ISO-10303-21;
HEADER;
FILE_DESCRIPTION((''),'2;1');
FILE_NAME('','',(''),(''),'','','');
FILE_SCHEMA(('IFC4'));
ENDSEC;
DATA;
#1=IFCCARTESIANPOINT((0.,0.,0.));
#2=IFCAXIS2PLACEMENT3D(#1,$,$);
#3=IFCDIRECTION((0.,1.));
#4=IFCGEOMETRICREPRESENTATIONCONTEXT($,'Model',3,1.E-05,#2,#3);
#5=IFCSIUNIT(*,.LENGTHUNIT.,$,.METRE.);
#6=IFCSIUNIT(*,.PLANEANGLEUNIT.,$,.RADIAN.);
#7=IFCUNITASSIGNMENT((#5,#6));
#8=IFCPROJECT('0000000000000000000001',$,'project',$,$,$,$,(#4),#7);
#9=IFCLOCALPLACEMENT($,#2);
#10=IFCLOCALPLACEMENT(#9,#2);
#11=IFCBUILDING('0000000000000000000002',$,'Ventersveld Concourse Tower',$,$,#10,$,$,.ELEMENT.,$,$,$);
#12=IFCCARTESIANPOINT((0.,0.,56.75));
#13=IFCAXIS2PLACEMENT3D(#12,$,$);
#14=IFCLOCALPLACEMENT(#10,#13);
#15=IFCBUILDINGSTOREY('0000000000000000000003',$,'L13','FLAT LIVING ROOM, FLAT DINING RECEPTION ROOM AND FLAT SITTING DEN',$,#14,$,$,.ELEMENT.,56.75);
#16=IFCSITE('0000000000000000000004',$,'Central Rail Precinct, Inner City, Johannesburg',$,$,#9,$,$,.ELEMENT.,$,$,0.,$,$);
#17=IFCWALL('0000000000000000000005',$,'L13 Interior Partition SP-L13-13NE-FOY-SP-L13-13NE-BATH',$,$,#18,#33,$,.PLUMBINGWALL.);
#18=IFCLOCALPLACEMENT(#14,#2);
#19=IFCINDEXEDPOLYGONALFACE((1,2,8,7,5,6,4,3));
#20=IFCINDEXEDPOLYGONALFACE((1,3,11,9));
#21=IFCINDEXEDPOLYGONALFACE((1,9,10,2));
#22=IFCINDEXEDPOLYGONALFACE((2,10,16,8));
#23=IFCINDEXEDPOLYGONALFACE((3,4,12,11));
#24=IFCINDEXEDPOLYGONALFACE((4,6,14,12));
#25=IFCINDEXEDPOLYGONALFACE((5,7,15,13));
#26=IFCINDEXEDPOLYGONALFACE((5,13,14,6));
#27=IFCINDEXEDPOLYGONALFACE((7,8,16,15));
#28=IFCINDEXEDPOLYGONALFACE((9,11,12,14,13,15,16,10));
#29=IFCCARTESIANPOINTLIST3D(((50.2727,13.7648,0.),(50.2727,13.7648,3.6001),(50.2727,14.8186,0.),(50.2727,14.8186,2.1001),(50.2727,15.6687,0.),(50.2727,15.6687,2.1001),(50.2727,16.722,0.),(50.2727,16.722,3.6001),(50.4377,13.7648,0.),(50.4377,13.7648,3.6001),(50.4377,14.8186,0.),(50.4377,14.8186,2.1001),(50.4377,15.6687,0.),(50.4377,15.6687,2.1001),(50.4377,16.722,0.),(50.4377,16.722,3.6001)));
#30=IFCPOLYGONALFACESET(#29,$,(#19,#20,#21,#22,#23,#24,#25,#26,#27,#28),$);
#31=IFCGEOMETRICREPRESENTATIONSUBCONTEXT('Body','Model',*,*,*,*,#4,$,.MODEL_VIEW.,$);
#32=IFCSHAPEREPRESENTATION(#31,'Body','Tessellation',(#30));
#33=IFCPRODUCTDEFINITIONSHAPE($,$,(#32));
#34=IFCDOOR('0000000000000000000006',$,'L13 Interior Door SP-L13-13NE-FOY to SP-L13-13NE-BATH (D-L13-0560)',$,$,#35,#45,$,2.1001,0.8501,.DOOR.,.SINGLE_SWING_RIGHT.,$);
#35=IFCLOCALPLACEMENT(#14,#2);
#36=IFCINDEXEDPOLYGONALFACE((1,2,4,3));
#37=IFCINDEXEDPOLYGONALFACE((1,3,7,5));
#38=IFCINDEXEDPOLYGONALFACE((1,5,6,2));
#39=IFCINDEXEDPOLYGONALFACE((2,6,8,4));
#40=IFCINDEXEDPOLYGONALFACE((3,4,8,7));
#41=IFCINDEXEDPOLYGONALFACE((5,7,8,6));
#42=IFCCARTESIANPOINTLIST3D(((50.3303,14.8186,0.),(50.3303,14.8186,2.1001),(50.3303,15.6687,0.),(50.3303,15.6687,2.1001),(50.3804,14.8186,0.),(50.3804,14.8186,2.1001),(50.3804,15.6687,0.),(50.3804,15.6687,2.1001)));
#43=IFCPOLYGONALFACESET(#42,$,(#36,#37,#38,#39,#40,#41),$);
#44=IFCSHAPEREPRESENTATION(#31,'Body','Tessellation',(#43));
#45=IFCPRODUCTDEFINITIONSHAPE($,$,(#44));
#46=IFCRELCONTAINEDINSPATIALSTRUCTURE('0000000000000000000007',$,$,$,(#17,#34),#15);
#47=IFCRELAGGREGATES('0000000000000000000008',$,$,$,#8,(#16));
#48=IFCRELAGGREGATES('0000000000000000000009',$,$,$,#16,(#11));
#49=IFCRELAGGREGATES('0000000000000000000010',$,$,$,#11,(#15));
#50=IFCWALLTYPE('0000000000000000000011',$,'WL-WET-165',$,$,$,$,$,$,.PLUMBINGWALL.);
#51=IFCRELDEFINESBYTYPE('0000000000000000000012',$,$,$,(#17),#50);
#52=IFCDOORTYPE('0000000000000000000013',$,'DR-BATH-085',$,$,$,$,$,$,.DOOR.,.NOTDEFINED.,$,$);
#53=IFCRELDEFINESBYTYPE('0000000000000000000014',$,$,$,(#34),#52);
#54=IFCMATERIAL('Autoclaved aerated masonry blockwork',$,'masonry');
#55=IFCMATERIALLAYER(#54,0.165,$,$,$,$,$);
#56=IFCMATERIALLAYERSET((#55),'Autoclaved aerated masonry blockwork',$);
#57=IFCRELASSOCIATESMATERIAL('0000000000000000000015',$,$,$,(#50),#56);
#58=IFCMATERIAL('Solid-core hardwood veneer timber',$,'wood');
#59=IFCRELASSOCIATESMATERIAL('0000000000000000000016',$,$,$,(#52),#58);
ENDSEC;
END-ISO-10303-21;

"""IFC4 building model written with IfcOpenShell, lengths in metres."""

from ifc_helpers import new_model, si_unit, direction, frame, frame_2d, origin, place, context, subcontext, project, spatial, rectangle, extrude, material, layer, layer_set, type_object, element, fill, save


model = new_model("IFC4")

# Units and contexts
model_context = context("Model", 3, precision=1e-05, world=origin(), true_north=direction((0.0, 1.0)))
body_context = subcontext(model_context, "Body", "Model", "MODEL_VIEW")
ifc_project = project(units=[si_unit("LENGTHUNIT", "METRE"), si_unit("PLANEANGLEUNIT", "RADIAN")], contexts=[model_context])

# Site, building, storey
site_placement = place(None, origin())
site = spatial("IfcSite", under=ifc_project, at=site_placement, Name="Central Rail Precinct, Inner City, Johannesburg", CompositionType="ELEMENT", RefElevation=0.0)
building_placement = place(site_placement, origin())
building = spatial("IfcBuilding", under=site, at=building_placement, Name="Ventersveld Concourse Tower", CompositionType="ELEMENT")
storey_placement = place(building_placement, frame((0.0, 0.0, 56.75)))
storey = spatial("IfcBuildingStorey", under=building, at=storey_placement, Name="L13", Description="FLAT LIVING ROOM, FLAT DINING RECEPTION ROOM AND FLAT SITTING DEN", CompositionType="ELEMENT", Elevation=56.75)

# Shared definitions
ifc_material_1 = material(Name="Solid-core hardwood veneer timber", Category="wood")

# Wall, opening, door
ifc_material_2 = material(Name="Autoclaved aerated masonry blockwork", Category="masonry")
ifc_layer_1 = layer(ifc_material_2, 0.165)
ifc_layer_set_1 = layer_set([ifc_layer_1], Name="Autoclaved aerated masonry blockwork")
wall_type_1 = type_object("IfcWallType", Name="WL-WET-165", PredefinedType="PLUMBINGWALL", material=ifc_layer_set_1)
wall_1_placement = place(storey_placement, frame((50.3552, 13.7649, 0.0), z_axis=(0.0, 0.0, 1.0), x_axis=(0.0, 1.0, 0.0)))
wall_1 = element("IfcWall", 1, at=wall_1_placement, inside=storey, type_object=wall_type_1, Name="L13 Interior Partition SP-L13-13NE-FOY-SP-L13-13NE-BATH", PredefinedType="PLUMBINGWALL", context=body_context, shape_type="SweptSolid", body=[
    extrude(rectangle(XDim=2.9573, YDim=0.165, at=frame_2d((1.4785, 0.0))), origin(), (0.0, 0.0, 1.0), 3.6001),
])
opening_1_placement = place(wall_1_placement, frame((1.0537, 0.0, 0.0)))
opening_1 = element("IfcOpeningElement", 2, at=opening_1_placement, cuts=wall_1, PredefinedType="OPENING", context=body_context, shape_type="SweptSolid", body=[
    extrude(rectangle(XDim=0.8501, YDim=2.1001, at=frame_2d((0.425, 1.05))), frame((0.0, 0.0925, 0.0), z_axis=(0.0, -1.0, 0.0), x_axis=(1.0, 0.0, 0.0)), (0.0, 0.0, 1.0), 0.1851),
])
door_type_1 = type_object("IfcDoorType", Name="DR-BATH-085", OperationType="NOTDEFINED", PredefinedType="DOOR", material=ifc_material_1)
door_1_placement = place(opening_1_placement, origin())
door_1 = element("IfcDoor", 3, at=door_1_placement, inside=storey, type_object=door_type_1, Name="L13 Interior Door SP-L13-13NE-FOY to SP-L13-13NE-BATH (D-L13-0560)", OperationType="SINGLE_SWING_RIGHT", OverallHeight=2.1001, OverallWidth=0.8501, PredefinedType="DOOR", context=body_context, shape_type="SweptSolid", body=[
    extrude(rectangle(XDim=0.8501, YDim=2.1001, at=frame_2d((0.425, 1.05))), frame((0.0, 0.0249, 0.0), z_axis=(0.0, -1.0, 0.0), x_axis=(1.0, 0.0, 0.0)), (0.0, 0.0, 1.0), 0.05),
])
fill(opening_1, door_1)

save(model, "model.ifc")
